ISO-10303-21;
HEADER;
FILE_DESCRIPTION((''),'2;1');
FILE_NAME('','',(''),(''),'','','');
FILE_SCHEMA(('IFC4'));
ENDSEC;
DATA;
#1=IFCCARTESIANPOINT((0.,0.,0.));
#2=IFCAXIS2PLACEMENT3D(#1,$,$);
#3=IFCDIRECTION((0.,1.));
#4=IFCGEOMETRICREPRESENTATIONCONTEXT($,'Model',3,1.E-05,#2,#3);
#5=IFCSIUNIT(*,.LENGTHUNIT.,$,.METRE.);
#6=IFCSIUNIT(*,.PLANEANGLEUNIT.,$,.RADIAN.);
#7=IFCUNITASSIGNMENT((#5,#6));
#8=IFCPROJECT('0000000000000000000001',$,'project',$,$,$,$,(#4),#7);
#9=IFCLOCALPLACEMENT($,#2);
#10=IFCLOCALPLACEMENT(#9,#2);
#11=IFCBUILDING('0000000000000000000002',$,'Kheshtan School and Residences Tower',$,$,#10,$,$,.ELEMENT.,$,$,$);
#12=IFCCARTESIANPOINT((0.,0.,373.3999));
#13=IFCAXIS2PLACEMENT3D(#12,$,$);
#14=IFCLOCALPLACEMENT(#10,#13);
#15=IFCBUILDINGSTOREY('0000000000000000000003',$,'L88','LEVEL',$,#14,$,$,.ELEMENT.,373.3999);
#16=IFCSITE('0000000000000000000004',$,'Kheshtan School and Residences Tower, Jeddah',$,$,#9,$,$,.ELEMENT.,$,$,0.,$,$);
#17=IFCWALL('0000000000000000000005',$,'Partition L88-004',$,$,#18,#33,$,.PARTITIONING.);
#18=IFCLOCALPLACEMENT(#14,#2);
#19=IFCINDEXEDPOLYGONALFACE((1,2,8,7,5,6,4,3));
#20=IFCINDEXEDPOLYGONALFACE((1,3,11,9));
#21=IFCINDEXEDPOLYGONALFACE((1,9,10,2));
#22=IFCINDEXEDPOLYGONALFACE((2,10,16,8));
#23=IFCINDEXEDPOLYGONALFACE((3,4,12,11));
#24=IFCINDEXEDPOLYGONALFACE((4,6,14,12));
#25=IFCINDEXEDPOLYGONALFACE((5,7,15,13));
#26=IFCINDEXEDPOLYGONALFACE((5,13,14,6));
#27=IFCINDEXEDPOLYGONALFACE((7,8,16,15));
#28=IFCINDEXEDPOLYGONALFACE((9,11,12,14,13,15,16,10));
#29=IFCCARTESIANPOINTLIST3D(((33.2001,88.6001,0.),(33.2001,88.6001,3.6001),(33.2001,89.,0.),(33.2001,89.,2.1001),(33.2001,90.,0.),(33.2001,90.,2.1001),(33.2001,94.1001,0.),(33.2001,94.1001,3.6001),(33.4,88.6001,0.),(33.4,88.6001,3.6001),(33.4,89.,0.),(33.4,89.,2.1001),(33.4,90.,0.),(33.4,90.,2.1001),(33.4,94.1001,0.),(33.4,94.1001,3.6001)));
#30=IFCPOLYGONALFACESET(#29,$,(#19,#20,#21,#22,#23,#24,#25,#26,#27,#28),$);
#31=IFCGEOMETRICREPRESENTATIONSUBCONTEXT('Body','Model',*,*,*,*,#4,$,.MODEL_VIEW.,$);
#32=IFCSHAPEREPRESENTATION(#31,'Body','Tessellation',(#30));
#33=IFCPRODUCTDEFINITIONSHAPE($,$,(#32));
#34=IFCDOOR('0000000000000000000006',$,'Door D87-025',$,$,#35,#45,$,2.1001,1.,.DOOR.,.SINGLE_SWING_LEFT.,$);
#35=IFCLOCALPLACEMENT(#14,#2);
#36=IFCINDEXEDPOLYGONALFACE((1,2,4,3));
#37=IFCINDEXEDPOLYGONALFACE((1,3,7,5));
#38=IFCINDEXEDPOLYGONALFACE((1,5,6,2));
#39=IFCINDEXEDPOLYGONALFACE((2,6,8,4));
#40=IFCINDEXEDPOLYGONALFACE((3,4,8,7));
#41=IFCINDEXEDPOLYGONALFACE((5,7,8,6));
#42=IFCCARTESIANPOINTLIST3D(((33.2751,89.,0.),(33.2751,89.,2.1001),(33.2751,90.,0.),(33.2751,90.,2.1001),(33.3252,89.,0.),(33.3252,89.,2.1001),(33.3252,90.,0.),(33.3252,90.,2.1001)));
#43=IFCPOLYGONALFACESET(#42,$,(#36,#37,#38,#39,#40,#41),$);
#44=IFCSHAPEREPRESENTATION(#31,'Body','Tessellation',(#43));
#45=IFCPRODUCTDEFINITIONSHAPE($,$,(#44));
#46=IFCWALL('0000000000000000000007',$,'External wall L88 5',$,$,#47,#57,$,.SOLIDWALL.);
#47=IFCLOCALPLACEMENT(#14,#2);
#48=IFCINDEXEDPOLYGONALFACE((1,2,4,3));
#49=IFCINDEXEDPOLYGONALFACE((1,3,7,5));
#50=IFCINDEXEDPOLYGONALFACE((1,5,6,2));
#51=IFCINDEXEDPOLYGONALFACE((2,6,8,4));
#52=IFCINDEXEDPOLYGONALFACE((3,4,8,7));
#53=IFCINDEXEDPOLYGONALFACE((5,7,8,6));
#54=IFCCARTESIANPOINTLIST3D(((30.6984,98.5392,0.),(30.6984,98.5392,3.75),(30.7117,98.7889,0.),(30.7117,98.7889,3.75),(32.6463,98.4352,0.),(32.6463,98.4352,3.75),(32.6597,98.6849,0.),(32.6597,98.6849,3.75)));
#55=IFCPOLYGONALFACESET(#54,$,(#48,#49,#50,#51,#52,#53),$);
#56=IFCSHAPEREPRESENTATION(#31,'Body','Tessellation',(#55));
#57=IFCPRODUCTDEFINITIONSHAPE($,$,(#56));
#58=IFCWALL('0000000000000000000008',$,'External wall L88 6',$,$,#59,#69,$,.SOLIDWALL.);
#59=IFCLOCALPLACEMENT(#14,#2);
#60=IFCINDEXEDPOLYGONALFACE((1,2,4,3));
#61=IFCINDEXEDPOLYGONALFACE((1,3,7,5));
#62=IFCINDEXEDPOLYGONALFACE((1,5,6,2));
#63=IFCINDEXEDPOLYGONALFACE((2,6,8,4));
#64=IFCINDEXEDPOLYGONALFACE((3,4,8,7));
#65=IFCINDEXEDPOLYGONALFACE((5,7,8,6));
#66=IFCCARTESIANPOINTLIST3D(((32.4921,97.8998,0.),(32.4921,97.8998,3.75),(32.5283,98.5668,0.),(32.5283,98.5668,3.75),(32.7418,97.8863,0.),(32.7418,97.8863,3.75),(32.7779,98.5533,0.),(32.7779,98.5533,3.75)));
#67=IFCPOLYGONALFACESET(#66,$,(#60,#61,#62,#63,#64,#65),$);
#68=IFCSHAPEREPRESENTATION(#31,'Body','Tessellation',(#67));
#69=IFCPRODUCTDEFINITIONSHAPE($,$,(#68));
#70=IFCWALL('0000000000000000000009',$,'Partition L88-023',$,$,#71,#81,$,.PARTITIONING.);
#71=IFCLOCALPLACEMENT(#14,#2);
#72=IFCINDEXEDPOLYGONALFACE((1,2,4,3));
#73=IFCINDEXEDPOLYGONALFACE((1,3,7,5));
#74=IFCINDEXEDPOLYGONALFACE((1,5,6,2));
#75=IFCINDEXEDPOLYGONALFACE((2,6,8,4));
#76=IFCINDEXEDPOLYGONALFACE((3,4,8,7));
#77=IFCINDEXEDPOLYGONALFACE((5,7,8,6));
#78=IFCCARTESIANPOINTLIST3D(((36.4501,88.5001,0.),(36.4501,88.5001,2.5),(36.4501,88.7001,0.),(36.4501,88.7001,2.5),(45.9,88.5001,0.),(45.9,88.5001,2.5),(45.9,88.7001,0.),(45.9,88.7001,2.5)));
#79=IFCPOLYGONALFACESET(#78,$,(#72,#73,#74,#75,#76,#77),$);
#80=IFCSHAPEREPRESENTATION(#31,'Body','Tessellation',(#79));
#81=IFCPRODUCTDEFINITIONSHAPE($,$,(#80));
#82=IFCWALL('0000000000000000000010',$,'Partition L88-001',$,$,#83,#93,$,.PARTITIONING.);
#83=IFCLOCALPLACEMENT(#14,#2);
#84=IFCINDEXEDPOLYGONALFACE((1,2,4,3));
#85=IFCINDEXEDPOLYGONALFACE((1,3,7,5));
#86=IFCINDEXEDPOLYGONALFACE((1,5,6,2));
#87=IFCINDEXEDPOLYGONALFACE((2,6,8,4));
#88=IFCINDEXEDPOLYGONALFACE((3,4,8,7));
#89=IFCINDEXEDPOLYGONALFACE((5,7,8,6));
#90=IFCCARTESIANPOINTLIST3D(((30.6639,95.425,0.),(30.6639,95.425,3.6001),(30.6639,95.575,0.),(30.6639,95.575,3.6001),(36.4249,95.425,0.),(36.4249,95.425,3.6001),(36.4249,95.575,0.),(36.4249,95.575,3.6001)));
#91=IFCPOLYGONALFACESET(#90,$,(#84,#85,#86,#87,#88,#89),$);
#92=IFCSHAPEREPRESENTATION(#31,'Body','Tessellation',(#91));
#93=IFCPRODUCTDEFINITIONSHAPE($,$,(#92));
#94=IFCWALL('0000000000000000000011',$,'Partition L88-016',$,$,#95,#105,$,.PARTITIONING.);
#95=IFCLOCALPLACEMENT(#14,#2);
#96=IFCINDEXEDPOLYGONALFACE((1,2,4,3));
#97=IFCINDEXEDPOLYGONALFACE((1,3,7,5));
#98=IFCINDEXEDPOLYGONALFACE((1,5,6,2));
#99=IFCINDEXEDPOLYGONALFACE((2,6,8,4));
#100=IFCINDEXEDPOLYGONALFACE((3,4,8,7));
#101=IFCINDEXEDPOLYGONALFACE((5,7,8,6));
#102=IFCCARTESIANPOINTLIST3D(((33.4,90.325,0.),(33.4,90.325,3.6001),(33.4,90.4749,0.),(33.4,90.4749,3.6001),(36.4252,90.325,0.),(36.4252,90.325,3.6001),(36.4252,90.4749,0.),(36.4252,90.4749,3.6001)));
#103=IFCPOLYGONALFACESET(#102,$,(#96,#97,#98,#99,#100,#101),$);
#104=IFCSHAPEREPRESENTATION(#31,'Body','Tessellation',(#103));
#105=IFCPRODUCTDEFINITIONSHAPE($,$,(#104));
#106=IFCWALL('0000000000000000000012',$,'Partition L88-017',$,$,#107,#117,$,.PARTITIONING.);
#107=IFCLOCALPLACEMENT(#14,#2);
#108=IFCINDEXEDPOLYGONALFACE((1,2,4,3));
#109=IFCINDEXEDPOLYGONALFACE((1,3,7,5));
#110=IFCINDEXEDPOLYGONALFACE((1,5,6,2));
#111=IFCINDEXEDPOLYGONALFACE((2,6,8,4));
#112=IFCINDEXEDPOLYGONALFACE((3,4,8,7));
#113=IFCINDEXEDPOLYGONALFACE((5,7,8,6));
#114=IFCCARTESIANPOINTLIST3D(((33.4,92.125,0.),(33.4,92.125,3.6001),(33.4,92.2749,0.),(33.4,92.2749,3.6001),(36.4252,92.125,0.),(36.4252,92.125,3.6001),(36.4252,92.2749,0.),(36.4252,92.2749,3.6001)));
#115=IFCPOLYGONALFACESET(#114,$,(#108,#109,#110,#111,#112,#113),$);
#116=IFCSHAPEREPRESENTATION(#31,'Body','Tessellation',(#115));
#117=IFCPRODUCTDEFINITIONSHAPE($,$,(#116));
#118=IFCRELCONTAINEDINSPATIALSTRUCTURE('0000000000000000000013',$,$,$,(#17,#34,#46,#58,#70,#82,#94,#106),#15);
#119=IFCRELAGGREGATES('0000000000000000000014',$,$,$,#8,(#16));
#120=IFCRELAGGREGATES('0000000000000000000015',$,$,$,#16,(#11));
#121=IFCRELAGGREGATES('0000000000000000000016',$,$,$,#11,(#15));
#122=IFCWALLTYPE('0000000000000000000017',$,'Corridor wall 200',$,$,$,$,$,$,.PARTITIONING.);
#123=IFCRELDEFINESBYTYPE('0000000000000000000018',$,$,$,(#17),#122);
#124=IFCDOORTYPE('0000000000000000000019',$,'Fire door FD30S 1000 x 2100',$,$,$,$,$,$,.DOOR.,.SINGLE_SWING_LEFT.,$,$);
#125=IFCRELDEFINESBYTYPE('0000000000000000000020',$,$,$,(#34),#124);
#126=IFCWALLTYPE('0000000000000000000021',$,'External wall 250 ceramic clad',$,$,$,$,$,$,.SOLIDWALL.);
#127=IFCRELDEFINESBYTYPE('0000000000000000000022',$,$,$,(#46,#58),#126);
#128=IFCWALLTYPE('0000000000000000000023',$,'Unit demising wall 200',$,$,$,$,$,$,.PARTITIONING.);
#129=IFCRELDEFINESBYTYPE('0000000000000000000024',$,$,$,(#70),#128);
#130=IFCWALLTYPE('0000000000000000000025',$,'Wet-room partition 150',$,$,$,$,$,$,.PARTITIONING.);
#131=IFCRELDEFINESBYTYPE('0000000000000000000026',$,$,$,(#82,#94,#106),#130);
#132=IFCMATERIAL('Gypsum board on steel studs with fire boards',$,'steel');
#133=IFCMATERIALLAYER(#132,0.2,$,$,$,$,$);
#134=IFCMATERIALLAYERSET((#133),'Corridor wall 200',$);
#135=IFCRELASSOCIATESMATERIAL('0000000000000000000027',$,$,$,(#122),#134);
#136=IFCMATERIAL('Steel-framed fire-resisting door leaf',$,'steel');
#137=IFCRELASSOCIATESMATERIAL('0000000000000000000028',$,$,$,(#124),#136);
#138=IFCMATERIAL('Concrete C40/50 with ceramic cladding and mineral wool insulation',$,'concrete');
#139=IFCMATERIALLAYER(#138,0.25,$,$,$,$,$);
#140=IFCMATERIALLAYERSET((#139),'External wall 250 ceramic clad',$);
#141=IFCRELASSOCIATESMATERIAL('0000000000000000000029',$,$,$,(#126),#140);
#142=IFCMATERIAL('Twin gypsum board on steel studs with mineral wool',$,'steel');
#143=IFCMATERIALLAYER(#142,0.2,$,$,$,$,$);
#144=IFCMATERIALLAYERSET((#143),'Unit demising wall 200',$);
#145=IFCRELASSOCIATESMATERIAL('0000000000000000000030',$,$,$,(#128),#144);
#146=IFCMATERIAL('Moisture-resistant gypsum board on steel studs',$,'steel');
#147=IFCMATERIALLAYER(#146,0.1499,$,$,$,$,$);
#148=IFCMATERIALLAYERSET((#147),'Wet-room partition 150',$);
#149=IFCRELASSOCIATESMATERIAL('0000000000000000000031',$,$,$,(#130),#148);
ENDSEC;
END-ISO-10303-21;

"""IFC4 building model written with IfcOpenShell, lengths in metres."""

from ifc_helpers import new_model, si_unit, direction, frame, frame_2d, origin, place, context, subcontext, project, spatial, rectangle, extrude, source, transform, mapped, material, layer, layer_set, type_object, element, fill, save


model = new_model("IFC4")

# Units and contexts
model_context = context("Model", 3, precision=1e-05, world=origin(), true_north=direction((0.0, 1.0)))
body_context = subcontext(model_context, "Body", "Model", "MODEL_VIEW")
ifc_project = project(units=[si_unit("LENGTHUNIT", "METRE"), si_unit("PLANEANGLEUNIT", "RADIAN")], contexts=[model_context])

# Site, building, storey
site_placement = place(None, origin())
site = spatial("IfcSite", under=ifc_project, at=site_placement, Name="Kheshtan School and Residences Tower, Jeddah", CompositionType="ELEMENT", RefElevation=0.0)
building_placement = place(site_placement, origin())
building = spatial("IfcBuilding", under=site, at=building_placement, Name="Kheshtan School and Residences Tower", CompositionType="ELEMENT")
storey_placement = place(building_placement, frame((0.0, 0.0, 373.3999)))
storey = spatial("IfcBuildingStorey", under=building, at=storey_placement, Name="L88", Description="LEVEL", CompositionType="ELEMENT", Elevation=373.3999)

# Shared definitions
ifc_material_1 = material(Name="Gypsum board on steel studs with fire boards", Category="steel")
ifc_layer_1 = layer(ifc_material_1, 0.2)
ifc_layer_set_1 = layer_set([ifc_layer_1], Name="Corridor wall 200")
wall_type_1 = type_object("IfcWallType", Name="Corridor wall 200", PredefinedType="PARTITIONING", material=ifc_layer_set_1)

# Wall, opening, door
wall_1_placement = place(storey_placement, frame((33.3, 88.6001, 0.0), z_axis=(0.0, 0.0, 1.0), x_axis=(0.0, 1.0, 0.0)))
wall_1 = element("IfcWall", 1, at=wall_1_placement, inside=storey, type_object=wall_type_1, Name="Partition L88-004", PredefinedType="PARTITIONING", context=body_context, shape_type="SweptSolid", body=[
    extrude(rectangle(XDim=5.5, YDim=0.2, at=frame_2d((2.75, 0.0))), origin(), (0.0, 0.0, 1.0), 3.6001),
])
opening_1_placement = place(wall_1_placement, frame((0.3999, 0.0, 0.0)))
opening_1 = element("IfcOpeningElement", 2, at=opening_1_placement, cuts=wall_1, PredefinedType="OPENING", context=body_context, shape_type="SweptSolid", body=[
    extrude(rectangle(XDim=1.0, YDim=2.1001, at=frame_2d((0.5, 1.05))), frame((0.0, 0.1099, 0.0), z_axis=(0.0, -1.0, 0.0), x_axis=(1.0, 0.0, 0.0)), (0.0, 0.0, 1.0), 0.22),
])
ifc_material_2 = material(Name="Steel-framed fire-resisting door leaf", Category="steel")
door_type_1 = type_object("IfcDoorType", Name="Fire door FD30S 1000 x 2100", OperationType="SINGLE_SWING_LEFT", PredefinedType="DOOR", material=ifc_material_2)
shared_shape_1 = source(origin(), body_context, "Body", "SweptSolid", [
    extrude(rectangle(XDim=1.0, YDim=2.1001, at=frame_2d((0.5, 1.05))), frame((0.0, 0.0249, 0.0), z_axis=(0.0, -1.0, 0.0), x_axis=(1.0, 0.0, 0.0)), (0.0, 0.0, 1.0), 0.05),
])
door_1_placement = place(opening_1_placement, origin())
door_1 = element("IfcDoor", 3, at=door_1_placement, inside=storey, type_object=door_type_1, Name="Door D87-025", OperationType="SINGLE_SWING_LEFT", OverallHeight=2.1001, OverallWidth=1.0, PredefinedType="DOOR", context=body_context, shape_type="MappedRepresentation", body=[
    mapped(shared_shape_1, transform((0.0, 0.0, 0.0), x_axis=(1.0, 0.0, 0.0), y_axis=(0.0, 1.0, 0.0), z_axis=(0.0, 0.0, 1.0), scale=1.0)),
])
fill(opening_1, door_1)

# Walls
ifc_material_3 = material(Name="Concrete C40/50 with ceramic cladding and mineral wool insulation", Category="concrete")
ifc_layer_2 = layer(ifc_material_3, 0.25)
ifc_layer_set_2 = layer_set([ifc_layer_2], Name="External wall 250 ceramic clad")
wall_type_2 = type_object("IfcWallType", Name="External wall 250 ceramic clad", PredefinedType="SOLIDWALL", material=ifc_layer_set_2)
wall_2_placement = place(storey_placement, frame((30.7051, 98.6641, 0.0), z_axis=(0.0, 0.0, 1.0), x_axis=(0.998578, -0.053314, 0.0)))
element("IfcWall", 4, at=wall_2_placement, inside=storey, type_object=wall_type_2, Name="External wall L88 5", PredefinedType="SOLIDWALL", context=body_context, shape_type="SweptSolid", body=[
    extrude(rectangle(XDim=1.9507, YDim=0.25, at=frame_2d((0.9753, 0.0))), origin(), (0.0, 0.0, 1.0), 3.75),
])
wall_3_placement = place(storey_placement, frame((32.6531, 98.5601, 0.0), z_axis=(0.0, 0.0, 1.0), x_axis=(-0.054093, -0.998536, 0.0)))
element("IfcWall", 5, at=wall_3_placement, inside=storey, type_object=wall_type_2, Name="External wall L88 6", PredefinedType="SOLIDWALL", context=body_context, shape_type="SweptSolid", body=[
    extrude(rectangle(XDim=0.668, YDim=0.25, at=frame_2d((0.334, 0.0))), origin(), (0.0, 0.0, 1.0), 3.75),
])
ifc_material_4 = material(Name="Twin gypsum board on steel studs with mineral wool", Category="steel")
ifc_layer_3 = layer(ifc_material_4, 0.2)
ifc_layer_set_3 = layer_set([ifc_layer_3], Name="Unit demising wall 200")
wall_type_3 = type_object("IfcWallType", Name="Unit demising wall 200", PredefinedType="PARTITIONING", material=ifc_layer_set_3)
wall_4_placement = place(storey_placement, frame((36.45, 88.6001, 0.0), z_axis=(0.0, 0.0, 1.0), x_axis=(1.0, 0.0, 0.0)))
element("IfcWall", 6, at=wall_4_placement, inside=storey, type_object=wall_type_3, Name="Partition L88-023", PredefinedType="PARTITIONING", context=body_context, shape_type="SweptSolid", body=[
    extrude(rectangle(XDim=9.45, YDim=0.2, at=frame_2d((4.7251, 0.0))), origin(), (0.0, 0.0, 1.0), 2.5),
])
ifc_material_5 = material(Name="Moisture-resistant gypsum board on steel studs", Category="steel")
ifc_layer_4 = layer(ifc_material_5, 0.1499)
ifc_layer_set_4 = layer_set([ifc_layer_4], Name="Wet-room partition 150")
wall_type_4 = type_object("IfcWallType", Name="Wet-room partition 150", PredefinedType="PARTITIONING", material=ifc_layer_set_4)
wall_5_placement = place(storey_placement, frame((30.6641, 95.5, 0.0), z_axis=(0.0, 0.0, 1.0), x_axis=(1.0, 0.0, 0.0)))
element("IfcWall", 7, at=wall_5_placement, inside=storey, type_object=wall_type_4, Name="Partition L88-001", PredefinedType="PARTITIONING", context=body_context, shape_type="SweptSolid", body=[
    extrude(rectangle(XDim=5.761, YDim=0.1499, at=frame_2d((2.8804, 0.0))), origin(), (0.0, 0.0, 1.0), 3.6001),
])
for number, where, z_axis, x_axis, name in (
    (8, (33.3999, 90.3999, 0.0), (0.0, 0.0, 1.0), (1.0, 0.0, 0.0), "Partition L88-016"),
    (9, (33.3999, 92.2, 0.0), (0.0, 0.0, 1.0), (1.0, 0.0, 0.0), "Partition L88-017"),
):
    element("IfcWall", number, at=place(storey_placement, frame(where, z_axis=z_axis, x_axis=x_axis)), inside=storey, type_object=wall_type_4, Name=name, PredefinedType="PARTITIONING", context=body_context, shape_type="SweptSolid", body=[
        extrude(rectangle(XDim=3.0251, YDim=0.1499, at=frame_2d((1.5127, 0.0))), origin(), (0.0, 0.0, 1.0), 3.6001),
    ])

save(model, "model.ifc")
